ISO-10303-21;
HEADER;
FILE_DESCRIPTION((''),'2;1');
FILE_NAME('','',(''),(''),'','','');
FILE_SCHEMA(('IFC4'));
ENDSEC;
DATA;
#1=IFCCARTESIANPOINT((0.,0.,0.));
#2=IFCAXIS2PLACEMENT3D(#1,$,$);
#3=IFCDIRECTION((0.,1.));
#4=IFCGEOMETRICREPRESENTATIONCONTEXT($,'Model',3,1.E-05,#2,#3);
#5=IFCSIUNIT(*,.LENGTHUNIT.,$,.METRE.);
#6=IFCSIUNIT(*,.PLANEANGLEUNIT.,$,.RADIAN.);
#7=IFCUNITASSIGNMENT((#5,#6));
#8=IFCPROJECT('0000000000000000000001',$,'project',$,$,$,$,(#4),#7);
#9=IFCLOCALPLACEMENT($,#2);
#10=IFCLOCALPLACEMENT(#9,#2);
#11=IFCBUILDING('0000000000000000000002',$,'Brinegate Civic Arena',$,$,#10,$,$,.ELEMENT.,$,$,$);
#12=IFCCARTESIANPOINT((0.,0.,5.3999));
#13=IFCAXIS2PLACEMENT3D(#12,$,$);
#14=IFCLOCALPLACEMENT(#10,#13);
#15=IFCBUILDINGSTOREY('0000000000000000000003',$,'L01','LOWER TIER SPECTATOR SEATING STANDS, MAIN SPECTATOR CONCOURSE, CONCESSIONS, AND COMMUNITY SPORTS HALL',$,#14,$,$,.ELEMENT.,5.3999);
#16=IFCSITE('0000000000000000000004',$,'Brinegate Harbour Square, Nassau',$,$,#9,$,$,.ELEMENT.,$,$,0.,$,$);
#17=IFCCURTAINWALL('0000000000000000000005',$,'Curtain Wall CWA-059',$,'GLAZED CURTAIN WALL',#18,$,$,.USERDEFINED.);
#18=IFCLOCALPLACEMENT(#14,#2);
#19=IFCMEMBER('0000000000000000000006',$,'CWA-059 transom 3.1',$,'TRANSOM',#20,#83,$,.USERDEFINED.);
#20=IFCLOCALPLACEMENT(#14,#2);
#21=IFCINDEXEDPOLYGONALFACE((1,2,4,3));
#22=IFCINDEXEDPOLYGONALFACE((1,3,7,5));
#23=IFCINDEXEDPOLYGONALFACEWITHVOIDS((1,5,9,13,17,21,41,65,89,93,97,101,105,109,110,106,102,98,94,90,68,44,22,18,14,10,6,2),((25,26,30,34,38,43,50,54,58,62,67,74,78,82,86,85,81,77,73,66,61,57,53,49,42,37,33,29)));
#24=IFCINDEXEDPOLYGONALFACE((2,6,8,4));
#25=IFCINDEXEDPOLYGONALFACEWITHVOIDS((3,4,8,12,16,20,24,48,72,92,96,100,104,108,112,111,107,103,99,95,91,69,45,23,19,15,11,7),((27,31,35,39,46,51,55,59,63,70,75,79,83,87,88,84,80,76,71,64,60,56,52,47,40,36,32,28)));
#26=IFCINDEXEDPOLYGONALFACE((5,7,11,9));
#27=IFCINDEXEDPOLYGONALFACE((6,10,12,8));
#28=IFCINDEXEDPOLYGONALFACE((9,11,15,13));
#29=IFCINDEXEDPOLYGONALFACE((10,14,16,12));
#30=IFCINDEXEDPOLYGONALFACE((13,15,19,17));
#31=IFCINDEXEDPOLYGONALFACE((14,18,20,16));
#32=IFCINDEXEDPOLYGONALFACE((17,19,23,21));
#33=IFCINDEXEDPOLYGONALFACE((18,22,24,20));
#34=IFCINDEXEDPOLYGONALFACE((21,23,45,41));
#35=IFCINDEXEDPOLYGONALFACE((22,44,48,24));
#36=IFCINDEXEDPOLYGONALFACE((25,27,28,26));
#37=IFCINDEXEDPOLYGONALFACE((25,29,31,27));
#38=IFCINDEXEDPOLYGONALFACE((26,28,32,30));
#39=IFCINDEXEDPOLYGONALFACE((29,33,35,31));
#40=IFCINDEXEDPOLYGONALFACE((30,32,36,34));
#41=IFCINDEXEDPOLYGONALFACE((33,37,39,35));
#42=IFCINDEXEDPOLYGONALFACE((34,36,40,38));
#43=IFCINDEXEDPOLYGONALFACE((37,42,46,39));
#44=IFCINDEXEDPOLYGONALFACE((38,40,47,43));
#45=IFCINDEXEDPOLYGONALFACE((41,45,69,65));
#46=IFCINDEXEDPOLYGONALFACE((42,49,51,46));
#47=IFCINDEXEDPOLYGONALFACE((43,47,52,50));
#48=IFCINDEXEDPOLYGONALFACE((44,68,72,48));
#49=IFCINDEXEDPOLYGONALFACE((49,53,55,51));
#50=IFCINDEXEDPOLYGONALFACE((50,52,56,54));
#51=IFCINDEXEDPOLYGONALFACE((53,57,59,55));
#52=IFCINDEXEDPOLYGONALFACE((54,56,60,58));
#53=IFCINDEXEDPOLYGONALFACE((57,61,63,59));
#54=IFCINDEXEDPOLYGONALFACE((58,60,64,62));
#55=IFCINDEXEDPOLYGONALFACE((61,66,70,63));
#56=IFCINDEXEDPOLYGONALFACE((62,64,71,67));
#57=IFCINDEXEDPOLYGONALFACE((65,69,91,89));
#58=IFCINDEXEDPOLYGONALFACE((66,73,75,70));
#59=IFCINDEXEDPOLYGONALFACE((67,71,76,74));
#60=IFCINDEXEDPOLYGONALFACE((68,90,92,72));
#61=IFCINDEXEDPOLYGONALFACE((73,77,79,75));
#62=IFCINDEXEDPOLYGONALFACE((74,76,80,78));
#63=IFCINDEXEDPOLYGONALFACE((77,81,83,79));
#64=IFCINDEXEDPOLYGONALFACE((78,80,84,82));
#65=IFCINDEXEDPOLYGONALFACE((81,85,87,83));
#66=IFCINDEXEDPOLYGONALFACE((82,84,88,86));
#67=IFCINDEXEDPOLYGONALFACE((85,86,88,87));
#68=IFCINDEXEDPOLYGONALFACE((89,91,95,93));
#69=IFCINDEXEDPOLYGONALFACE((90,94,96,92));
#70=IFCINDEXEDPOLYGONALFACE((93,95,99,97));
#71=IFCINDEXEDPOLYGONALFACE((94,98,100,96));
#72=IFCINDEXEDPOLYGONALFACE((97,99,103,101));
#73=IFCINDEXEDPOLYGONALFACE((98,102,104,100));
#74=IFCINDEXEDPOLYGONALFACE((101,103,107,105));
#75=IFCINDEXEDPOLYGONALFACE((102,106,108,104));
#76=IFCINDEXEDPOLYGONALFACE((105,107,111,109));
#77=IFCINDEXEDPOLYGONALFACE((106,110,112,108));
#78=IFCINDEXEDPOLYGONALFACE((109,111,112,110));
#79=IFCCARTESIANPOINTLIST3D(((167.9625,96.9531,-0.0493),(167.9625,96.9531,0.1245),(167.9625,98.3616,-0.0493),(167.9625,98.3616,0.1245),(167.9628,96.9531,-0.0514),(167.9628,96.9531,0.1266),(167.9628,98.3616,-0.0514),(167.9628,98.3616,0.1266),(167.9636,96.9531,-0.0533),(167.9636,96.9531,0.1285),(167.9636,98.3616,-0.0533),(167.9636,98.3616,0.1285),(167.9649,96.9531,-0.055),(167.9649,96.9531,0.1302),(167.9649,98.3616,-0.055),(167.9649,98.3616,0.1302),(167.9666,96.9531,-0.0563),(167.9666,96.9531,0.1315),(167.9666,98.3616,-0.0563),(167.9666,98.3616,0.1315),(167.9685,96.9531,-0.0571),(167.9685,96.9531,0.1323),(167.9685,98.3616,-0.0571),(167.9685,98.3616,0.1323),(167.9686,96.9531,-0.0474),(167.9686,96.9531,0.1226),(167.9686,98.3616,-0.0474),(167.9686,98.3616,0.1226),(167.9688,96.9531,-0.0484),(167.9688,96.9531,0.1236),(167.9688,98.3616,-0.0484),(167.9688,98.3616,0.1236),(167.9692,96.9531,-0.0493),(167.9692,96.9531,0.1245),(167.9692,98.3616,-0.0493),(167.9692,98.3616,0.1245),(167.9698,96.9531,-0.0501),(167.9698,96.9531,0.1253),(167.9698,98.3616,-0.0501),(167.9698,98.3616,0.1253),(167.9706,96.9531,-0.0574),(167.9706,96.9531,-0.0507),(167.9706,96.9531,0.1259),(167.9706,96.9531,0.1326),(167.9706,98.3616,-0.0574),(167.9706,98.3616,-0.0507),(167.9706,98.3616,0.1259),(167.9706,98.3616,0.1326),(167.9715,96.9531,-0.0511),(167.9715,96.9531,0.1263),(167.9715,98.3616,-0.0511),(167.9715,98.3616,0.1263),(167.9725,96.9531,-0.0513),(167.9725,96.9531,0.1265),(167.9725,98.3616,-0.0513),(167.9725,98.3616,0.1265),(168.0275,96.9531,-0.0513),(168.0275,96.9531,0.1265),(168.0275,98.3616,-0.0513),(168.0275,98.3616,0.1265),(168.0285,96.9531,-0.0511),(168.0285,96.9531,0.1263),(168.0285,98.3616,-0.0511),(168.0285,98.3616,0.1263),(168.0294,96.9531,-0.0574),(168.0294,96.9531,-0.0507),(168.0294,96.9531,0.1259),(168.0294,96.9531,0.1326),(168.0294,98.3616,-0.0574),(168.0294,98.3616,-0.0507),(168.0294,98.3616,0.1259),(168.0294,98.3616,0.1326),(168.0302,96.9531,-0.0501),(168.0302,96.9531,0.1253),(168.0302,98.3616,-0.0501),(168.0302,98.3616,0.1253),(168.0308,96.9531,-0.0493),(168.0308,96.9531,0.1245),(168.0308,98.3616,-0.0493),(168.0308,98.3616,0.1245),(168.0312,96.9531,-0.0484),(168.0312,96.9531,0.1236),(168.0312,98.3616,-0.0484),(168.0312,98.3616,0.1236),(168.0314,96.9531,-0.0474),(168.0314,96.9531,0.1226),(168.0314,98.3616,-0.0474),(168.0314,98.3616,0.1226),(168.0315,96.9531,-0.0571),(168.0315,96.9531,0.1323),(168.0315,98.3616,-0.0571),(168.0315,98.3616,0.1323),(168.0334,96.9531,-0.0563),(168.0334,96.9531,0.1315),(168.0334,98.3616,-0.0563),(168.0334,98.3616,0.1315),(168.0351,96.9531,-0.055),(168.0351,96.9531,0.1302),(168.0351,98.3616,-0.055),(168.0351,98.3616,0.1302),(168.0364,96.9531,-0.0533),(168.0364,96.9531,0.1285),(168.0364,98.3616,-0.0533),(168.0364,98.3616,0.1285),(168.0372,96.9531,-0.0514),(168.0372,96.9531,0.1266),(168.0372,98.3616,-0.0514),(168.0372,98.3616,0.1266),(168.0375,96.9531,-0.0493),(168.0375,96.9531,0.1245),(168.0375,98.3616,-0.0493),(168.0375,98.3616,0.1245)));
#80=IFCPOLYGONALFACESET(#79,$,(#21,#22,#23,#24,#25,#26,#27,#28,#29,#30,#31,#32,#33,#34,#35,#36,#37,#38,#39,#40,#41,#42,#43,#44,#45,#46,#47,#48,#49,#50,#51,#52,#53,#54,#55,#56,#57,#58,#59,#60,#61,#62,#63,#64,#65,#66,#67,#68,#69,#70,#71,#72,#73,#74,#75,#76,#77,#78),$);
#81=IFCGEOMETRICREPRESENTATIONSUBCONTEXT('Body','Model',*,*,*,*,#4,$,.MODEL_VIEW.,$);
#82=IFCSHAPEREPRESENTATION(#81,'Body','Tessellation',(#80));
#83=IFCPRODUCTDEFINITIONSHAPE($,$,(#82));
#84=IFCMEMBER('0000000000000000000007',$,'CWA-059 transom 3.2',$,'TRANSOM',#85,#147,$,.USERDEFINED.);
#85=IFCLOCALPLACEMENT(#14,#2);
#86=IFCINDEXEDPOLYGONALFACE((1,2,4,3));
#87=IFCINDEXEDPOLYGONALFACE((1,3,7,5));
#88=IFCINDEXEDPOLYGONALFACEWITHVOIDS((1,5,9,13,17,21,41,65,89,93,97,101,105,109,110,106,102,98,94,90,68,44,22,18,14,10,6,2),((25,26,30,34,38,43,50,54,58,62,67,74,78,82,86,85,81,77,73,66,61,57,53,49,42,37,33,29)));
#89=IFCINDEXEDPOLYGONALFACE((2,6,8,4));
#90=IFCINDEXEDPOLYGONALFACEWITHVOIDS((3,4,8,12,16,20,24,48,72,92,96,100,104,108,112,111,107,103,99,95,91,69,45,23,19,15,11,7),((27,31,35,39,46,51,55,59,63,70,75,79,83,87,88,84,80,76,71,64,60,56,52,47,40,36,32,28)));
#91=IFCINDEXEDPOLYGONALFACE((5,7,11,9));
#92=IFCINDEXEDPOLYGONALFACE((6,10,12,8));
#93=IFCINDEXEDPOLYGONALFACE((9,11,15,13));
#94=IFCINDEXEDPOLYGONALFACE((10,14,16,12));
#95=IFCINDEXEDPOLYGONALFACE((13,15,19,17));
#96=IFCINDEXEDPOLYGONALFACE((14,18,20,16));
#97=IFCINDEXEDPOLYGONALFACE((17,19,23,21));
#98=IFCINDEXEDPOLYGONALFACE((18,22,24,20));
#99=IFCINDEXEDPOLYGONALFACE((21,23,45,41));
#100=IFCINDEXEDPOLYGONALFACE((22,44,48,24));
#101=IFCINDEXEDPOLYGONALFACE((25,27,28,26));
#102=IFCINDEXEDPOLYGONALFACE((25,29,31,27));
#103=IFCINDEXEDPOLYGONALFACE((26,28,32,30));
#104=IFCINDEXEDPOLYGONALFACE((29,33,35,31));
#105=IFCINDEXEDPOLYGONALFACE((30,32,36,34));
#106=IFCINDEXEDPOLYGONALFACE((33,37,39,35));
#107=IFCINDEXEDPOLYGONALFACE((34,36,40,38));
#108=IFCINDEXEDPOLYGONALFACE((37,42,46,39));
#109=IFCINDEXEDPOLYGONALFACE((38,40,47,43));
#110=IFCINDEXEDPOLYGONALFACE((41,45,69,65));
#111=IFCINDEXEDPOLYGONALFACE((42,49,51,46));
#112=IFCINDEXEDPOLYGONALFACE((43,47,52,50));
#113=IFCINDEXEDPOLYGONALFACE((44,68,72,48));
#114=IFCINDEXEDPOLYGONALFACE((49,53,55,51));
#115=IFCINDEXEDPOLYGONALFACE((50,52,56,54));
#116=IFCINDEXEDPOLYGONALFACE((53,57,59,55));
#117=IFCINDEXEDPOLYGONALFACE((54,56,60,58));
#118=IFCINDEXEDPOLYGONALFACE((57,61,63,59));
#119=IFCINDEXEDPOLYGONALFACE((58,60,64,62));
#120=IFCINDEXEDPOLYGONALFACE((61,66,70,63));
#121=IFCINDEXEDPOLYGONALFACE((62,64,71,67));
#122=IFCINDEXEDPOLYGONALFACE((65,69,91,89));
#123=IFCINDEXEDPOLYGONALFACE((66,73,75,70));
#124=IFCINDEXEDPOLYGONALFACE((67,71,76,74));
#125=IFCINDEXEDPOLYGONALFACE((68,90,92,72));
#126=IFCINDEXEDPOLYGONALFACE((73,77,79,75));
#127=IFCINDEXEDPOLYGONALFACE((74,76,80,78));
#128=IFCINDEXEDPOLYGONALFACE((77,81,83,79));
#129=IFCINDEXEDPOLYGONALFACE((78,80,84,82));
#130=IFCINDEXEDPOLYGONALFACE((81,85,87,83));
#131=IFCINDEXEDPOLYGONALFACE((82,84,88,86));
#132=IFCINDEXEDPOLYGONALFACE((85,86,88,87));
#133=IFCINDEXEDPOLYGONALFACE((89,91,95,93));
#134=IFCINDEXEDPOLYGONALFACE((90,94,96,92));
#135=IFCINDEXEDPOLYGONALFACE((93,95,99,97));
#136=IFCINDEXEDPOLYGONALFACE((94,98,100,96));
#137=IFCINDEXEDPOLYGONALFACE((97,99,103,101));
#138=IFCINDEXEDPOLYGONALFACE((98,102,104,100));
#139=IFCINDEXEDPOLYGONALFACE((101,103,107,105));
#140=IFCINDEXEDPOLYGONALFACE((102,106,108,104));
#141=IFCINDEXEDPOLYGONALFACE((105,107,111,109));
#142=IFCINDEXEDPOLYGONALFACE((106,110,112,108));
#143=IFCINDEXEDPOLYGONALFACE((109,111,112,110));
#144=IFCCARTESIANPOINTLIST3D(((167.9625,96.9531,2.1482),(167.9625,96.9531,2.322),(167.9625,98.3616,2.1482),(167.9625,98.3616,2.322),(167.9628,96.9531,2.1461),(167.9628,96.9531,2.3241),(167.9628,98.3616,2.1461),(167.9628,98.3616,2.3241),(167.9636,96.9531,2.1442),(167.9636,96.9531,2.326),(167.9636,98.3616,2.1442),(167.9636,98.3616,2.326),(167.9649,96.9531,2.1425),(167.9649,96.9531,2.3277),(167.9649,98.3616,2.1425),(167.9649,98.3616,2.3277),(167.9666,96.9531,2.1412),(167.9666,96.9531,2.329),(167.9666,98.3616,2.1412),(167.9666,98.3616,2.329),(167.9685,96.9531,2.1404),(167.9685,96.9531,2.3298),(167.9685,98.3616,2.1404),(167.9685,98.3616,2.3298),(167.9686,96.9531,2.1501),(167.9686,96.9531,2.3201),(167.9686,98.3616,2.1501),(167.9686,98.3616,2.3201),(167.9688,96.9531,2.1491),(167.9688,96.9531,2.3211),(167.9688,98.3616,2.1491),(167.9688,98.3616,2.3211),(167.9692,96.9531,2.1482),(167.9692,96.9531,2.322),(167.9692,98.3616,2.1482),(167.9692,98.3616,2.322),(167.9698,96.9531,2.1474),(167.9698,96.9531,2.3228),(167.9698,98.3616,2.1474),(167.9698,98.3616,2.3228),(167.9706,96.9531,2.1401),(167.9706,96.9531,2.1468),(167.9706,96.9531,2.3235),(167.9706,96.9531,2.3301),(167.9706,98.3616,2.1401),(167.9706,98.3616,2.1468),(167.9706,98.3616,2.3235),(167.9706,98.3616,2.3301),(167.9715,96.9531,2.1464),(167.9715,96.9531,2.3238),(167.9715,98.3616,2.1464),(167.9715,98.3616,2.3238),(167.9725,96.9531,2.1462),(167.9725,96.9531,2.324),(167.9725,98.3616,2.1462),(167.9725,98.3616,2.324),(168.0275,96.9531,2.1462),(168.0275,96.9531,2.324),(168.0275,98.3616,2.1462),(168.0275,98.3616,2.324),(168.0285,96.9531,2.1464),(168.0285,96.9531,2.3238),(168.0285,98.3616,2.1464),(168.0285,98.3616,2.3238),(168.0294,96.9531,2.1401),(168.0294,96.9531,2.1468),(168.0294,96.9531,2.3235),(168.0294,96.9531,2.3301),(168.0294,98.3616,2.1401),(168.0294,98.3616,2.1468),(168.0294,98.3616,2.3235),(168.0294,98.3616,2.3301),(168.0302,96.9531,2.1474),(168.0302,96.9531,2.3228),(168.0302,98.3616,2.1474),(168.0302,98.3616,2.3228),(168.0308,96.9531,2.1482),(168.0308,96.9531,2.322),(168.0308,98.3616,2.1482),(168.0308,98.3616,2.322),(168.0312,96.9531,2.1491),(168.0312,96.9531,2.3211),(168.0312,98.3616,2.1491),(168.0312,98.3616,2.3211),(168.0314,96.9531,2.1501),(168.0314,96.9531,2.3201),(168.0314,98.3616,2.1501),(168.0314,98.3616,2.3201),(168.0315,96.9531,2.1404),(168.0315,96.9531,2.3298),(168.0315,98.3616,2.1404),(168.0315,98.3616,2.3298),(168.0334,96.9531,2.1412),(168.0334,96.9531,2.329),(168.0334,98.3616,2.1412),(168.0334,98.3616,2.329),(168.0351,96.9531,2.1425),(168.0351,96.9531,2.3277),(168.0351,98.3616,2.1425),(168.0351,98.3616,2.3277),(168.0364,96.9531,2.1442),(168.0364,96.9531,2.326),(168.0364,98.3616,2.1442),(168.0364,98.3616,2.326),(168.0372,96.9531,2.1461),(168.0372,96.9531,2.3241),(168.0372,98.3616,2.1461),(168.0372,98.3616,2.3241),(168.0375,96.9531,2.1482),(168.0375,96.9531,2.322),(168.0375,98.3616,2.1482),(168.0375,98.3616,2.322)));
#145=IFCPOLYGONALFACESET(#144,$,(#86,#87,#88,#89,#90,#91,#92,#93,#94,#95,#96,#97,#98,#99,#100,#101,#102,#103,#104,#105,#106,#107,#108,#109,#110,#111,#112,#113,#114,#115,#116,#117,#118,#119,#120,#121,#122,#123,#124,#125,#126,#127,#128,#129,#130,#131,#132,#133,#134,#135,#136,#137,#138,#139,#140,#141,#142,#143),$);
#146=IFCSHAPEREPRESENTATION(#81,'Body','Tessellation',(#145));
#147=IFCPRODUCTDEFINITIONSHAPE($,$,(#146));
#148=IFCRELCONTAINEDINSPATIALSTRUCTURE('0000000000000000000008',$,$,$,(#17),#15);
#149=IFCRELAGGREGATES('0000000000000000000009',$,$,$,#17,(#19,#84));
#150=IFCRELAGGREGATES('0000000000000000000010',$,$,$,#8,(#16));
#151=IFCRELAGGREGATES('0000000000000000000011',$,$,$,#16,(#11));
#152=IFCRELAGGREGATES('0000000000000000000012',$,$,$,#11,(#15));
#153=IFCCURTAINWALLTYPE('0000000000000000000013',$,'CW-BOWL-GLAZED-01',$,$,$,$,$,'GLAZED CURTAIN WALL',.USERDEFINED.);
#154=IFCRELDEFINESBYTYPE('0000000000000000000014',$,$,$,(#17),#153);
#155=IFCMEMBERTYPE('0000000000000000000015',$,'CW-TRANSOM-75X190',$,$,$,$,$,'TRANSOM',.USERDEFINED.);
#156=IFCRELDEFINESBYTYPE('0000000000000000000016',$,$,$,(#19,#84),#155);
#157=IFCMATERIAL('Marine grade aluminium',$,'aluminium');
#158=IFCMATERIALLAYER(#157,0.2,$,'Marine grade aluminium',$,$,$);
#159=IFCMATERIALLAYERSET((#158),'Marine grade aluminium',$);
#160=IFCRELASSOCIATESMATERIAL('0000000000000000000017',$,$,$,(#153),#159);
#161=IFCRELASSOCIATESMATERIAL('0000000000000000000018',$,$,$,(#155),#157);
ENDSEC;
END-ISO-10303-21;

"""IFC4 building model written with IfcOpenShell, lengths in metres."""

from ifc_helpers import new_model, si_unit, direction, frame, origin, origin_2d, place, context, subcontext, project, spatial, hollow_rectangle, extrude, material, layer, layer_set, material_profile, profile_set, type_object, element, aggregate, save


model = new_model("IFC4")

# Units and contexts
model_context = context("Model", 3, precision=1e-05, world=origin(), true_north=direction((0.0, 1.0)))
body_context = subcontext(model_context, "Body", "Model", "MODEL_VIEW")
ifc_project = project(units=[si_unit("LENGTHUNIT", "METRE"), si_unit("PLANEANGLEUNIT", "RADIAN")], contexts=[model_context])

# Site, building, storey
site_placement = place(None, origin())
site = spatial("IfcSite", under=ifc_project, at=site_placement, Name="Brinegate Harbour Square, Nassau", CompositionType="ELEMENT", RefElevation=0.0)
building_placement = place(site_placement, origin())
building = spatial("IfcBuilding", under=site, at=building_placement, Name="Brinegate Civic Arena", CompositionType="ELEMENT")
storey_placement = place(building_placement, frame((0.0, 0.0, 5.3999)))
storey = spatial("IfcBuildingStorey", under=building, at=storey_placement, Name="L01", Description="LOWER TIER SPECTATOR SEATING STANDS, MAIN SPECTATOR CONCOURSE, CONCESSIONS, AND COMMUNITY SPORTS HALL", CompositionType="ELEMENT", Elevation=5.3999)

# Curtain wall, members
ifc_material_1 = material(Name="Marine grade aluminium", Category="aluminium")
ifc_layer_1 = layer(ifc_material_1, 0.2, Name="Marine grade aluminium")
ifc_layer_set_1 = layer_set([ifc_layer_1], Name="Marine grade aluminium")
curtain_wall_type = type_object("IfcCurtainWallType", Name="CW-BOWL-GLAZED-01", ElementType="GLAZED CURTAIN WALL", PredefinedType="USERDEFINED", material=ifc_layer_set_1)
curtain_wall_placement = place(storey_placement, origin())
curtain_wall = element("IfcCurtainWall", 1, at=curtain_wall_placement, inside=storey, type_object=curtain_wall_type, Name="Curtain Wall CWA-059", ObjectType="GLAZED CURTAIN WALL", PredefinedType="USERDEFINED")
ifc_material_profile_1 = material_profile(ifc_material_1, hollow_rectangle(XDim=0.075, YDim=0.1899, WallThickness=0.0061, InnerFilletRadius=0.0039, OuterFilletRadius=0.0081, at=origin_2d()), Name="TRN75X190")
ifc_profile_set_1 = profile_set([ifc_material_profile_1], Name="Marine grade aluminium")
member_type_1 = type_object("IfcMemberType", Name="CW-TRANSOM-75X190", ElementType="TRANSOM", PredefinedType="USERDEFINED", material=ifc_profile_set_1)
member_1_placement = place(storey_placement, frame((168.0, 96.9531, 0.0376), z_axis=(0.0, 1.0, 0.0), x_axis=(-1.0, 0.0, 0.0)))
member_1 = element("IfcMember", 2, at=member_1_placement, type_object=member_type_1, Name="CWA-059 transom 3.1", ObjectType="TRANSOM", PredefinedType="USERDEFINED", context=body_context, shape_type="SweptSolid", body=[
    extrude(hollow_rectangle(XDim=0.075, YDim=0.1899, WallThickness=0.0061, InnerFilletRadius=0.0039, OuterFilletRadius=0.0081, at=origin_2d()), origin(), (0.0, 0.0, 1.0), 1.4084),
])
member_2_placement = place(storey_placement, frame((168.0, 96.9531, 2.2351), z_axis=(0.0, 1.0, 0.0), x_axis=(-1.0, 0.0, 0.0)))
member_2 = element("IfcMember", 3, at=member_2_placement, type_object=member_type_1, Name="CWA-059 transom 3.2", ObjectType="TRANSOM", PredefinedType="USERDEFINED", context=body_context, shape_type="SweptSolid", body=[
    extrude(hollow_rectangle(XDim=0.075, YDim=0.1899, WallThickness=0.0061, InnerFilletRadius=0.0039, OuterFilletRadius=0.0081, at=origin_2d()), origin(), (0.0, 0.0, 1.0), 1.4084),
])
aggregate(curtain_wall, [member_1, member_2])

save(model, "model.ifc")
